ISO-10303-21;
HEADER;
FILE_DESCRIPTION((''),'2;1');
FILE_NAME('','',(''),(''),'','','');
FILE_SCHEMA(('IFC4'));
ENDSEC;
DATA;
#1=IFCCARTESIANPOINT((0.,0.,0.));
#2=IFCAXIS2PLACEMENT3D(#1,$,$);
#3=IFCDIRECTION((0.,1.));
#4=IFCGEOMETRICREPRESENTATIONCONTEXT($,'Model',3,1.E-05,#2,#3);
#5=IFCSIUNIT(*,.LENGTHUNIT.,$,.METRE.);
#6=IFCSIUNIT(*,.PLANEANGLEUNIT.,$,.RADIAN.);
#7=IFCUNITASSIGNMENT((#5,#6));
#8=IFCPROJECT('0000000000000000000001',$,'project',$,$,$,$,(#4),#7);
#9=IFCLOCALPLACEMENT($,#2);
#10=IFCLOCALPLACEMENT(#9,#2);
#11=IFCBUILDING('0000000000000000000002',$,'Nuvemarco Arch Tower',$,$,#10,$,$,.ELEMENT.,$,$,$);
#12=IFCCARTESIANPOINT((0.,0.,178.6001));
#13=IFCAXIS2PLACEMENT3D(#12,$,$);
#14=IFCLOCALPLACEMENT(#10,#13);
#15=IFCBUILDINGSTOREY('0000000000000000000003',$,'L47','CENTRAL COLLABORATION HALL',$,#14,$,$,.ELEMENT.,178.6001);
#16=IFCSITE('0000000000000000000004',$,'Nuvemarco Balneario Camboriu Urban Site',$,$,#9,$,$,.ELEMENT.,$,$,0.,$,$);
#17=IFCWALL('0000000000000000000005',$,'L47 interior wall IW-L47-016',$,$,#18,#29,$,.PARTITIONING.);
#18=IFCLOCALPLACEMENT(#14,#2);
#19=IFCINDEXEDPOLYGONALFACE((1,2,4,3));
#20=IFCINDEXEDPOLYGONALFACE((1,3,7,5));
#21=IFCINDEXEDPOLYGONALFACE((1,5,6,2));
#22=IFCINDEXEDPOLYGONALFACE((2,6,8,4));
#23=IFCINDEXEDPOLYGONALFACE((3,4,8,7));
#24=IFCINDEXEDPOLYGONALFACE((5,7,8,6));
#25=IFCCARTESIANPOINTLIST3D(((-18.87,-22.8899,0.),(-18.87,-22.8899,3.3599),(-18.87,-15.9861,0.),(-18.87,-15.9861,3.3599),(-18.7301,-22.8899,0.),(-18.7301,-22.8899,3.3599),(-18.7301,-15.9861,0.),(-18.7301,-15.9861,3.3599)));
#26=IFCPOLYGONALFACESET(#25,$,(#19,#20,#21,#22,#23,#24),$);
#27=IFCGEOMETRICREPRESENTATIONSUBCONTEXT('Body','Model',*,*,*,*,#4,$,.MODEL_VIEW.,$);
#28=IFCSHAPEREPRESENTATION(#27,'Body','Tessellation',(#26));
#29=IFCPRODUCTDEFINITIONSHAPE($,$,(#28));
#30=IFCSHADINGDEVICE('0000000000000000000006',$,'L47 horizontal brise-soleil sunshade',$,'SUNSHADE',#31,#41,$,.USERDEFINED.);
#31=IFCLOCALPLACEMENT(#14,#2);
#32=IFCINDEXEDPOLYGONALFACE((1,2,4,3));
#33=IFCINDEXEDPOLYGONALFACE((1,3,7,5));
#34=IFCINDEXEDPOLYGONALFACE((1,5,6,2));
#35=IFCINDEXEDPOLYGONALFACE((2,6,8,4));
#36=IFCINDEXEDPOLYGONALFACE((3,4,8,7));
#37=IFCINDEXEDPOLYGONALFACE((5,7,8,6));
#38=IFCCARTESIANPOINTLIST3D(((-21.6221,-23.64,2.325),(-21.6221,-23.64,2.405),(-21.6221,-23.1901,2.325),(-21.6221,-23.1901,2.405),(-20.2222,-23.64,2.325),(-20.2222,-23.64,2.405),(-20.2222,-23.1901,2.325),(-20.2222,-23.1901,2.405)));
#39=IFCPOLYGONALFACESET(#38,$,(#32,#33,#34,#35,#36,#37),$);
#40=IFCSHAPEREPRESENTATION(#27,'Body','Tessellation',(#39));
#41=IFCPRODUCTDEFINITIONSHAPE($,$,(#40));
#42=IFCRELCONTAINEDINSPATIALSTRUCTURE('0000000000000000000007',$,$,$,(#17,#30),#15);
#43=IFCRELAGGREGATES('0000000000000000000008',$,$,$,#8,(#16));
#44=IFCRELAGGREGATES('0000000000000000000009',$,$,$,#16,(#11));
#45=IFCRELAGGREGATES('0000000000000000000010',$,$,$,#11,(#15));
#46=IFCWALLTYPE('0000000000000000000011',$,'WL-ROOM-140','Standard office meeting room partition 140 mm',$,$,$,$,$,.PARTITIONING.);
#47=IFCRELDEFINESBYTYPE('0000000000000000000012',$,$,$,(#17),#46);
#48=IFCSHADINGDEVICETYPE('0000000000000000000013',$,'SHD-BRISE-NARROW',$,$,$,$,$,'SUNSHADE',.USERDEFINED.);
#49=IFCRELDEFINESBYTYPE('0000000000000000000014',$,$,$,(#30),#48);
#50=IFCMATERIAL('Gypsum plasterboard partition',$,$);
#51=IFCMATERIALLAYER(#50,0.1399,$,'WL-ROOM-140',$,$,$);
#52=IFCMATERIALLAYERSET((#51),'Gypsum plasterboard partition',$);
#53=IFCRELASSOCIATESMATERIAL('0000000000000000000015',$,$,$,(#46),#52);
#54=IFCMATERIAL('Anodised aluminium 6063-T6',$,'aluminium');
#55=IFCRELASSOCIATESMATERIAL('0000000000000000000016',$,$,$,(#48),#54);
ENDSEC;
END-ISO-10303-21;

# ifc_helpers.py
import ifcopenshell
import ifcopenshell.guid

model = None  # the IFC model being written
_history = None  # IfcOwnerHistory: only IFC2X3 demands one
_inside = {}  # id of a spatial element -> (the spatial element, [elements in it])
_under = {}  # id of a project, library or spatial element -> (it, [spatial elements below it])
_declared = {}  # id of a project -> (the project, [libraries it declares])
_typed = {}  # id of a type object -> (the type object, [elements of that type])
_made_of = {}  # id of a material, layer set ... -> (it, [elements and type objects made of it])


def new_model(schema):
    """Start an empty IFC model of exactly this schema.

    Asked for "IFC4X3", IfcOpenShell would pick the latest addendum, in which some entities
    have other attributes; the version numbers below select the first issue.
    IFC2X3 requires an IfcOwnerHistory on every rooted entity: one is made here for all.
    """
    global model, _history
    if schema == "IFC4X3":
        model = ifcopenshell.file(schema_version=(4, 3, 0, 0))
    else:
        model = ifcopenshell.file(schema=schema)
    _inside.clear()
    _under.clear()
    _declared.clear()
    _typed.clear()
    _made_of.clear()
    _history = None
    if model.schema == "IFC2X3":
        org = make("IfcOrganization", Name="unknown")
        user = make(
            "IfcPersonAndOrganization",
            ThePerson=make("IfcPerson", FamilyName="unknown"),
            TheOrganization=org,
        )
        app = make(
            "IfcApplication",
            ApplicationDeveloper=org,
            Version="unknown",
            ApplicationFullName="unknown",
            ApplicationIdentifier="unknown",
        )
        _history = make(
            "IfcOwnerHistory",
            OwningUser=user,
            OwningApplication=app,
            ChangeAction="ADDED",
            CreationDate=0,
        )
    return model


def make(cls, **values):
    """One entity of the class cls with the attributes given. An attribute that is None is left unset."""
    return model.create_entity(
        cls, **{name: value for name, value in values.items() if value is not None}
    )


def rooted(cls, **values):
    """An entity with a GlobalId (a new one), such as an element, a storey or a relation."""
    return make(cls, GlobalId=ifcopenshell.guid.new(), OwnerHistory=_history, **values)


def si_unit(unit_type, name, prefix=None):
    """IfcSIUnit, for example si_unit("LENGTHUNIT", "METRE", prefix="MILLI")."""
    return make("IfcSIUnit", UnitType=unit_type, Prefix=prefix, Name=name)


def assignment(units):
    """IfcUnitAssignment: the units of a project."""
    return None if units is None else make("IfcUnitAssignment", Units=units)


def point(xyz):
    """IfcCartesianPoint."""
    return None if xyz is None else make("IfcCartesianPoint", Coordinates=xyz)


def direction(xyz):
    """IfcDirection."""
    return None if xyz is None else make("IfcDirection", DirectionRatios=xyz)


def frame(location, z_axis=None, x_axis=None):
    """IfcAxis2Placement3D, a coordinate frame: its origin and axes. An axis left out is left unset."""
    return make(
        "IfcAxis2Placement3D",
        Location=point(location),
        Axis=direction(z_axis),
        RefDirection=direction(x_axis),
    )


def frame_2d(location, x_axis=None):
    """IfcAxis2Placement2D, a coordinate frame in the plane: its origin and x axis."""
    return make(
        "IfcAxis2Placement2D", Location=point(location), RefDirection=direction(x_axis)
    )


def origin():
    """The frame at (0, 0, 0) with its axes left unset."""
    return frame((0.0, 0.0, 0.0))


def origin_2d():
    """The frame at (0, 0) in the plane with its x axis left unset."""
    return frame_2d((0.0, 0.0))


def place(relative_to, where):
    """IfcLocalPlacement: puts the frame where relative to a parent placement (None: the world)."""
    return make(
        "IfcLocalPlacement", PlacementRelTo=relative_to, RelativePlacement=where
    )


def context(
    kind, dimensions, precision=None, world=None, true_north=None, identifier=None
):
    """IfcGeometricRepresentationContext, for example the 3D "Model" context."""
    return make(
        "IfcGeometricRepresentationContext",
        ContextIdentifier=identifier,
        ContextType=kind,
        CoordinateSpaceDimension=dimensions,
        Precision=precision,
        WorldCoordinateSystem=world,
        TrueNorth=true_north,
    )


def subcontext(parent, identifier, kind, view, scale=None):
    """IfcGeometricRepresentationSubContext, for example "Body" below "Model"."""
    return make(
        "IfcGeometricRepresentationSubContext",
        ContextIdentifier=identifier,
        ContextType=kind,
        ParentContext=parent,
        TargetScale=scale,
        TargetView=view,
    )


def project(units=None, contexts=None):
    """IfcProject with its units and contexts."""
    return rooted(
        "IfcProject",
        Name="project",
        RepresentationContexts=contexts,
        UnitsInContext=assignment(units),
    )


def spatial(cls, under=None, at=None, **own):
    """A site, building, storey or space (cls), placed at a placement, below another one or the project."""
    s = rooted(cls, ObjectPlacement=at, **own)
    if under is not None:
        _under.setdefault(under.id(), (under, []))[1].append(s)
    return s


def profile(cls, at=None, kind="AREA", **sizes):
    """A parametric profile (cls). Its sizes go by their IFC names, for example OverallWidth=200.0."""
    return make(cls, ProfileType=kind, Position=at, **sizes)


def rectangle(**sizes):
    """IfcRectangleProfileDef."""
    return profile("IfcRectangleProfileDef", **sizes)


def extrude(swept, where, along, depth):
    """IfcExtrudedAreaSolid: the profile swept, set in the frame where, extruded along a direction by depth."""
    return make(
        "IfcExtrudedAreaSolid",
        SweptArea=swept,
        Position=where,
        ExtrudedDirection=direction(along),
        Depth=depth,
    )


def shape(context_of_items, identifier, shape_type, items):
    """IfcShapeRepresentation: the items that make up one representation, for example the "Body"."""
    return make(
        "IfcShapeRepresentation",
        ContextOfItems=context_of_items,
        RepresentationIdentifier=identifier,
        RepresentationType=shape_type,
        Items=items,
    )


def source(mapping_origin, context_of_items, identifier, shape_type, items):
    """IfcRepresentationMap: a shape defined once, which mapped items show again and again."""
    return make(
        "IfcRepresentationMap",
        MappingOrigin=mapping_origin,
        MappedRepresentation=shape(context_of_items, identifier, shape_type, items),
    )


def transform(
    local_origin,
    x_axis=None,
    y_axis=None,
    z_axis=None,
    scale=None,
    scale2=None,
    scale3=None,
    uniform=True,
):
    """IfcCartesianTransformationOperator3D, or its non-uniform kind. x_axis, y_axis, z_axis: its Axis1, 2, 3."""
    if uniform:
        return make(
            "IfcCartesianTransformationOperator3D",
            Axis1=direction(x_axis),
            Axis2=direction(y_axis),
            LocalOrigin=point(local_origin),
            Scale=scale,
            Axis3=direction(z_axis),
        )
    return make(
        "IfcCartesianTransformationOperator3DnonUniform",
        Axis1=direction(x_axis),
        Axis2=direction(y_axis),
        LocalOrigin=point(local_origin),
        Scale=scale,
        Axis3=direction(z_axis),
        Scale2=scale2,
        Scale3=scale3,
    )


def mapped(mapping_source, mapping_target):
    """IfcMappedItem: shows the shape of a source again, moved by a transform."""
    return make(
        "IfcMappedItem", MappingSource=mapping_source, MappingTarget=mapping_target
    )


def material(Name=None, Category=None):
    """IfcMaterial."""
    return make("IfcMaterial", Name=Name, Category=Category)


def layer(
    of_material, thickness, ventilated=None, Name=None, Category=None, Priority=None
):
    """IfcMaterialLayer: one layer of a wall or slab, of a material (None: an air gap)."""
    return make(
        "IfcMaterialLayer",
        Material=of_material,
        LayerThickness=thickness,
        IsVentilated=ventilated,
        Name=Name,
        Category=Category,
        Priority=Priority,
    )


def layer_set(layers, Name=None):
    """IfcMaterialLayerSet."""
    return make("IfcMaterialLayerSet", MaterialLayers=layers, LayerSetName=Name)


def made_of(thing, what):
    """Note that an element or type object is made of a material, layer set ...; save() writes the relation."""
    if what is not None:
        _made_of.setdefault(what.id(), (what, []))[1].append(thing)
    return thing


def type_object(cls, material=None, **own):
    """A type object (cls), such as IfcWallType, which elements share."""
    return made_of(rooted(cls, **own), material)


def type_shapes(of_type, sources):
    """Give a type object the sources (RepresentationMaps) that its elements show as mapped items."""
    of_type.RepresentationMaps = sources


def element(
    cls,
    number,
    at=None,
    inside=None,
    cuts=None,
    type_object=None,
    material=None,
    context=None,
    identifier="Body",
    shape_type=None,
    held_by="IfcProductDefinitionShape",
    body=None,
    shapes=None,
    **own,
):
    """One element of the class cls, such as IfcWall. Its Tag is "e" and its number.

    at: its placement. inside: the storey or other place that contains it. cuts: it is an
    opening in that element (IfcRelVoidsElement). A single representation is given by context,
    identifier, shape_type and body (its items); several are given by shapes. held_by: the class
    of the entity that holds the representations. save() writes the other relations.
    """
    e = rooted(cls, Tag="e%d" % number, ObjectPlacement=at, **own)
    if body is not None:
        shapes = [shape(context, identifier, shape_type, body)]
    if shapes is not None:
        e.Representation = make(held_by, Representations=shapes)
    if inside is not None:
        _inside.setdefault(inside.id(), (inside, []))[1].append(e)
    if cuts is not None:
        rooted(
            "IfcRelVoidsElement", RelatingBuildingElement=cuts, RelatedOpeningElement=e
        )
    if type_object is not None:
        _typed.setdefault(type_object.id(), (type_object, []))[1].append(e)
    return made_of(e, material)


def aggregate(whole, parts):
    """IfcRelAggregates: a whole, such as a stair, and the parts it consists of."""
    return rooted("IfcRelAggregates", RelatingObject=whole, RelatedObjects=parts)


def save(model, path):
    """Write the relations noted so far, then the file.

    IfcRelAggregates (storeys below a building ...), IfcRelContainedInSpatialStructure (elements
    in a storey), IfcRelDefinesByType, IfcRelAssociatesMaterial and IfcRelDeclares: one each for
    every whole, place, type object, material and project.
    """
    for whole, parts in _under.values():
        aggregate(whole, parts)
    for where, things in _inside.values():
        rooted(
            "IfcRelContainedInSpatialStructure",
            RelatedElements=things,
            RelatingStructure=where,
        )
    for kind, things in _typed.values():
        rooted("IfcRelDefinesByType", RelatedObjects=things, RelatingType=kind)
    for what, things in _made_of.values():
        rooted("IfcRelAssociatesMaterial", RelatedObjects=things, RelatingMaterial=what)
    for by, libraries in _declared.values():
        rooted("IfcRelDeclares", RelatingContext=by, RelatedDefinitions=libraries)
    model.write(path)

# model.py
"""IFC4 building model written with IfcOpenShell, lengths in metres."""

from ifc_helpers import new_model, si_unit, direction, frame, frame_2d, origin, origin_2d, place, context, subcontext, project, spatial, rectangle, extrude, source, transform, mapped, material, layer, layer_set, type_object, type_shapes, element, save


model = new_model("IFC4")

# Units and contexts
model_context = context("Model", 3, precision=1e-05, world=origin(), true_north=direction((0.0, 1.0)))
body_context = subcontext(model_context, "Body", "Model", "MODEL_VIEW")
ifc_project = project(units=[si_unit("LENGTHUNIT", "METRE"), si_unit("PLANEANGLEUNIT", "RADIAN")], contexts=[model_context])

# Site, building, storey
site_placement = place(None, origin())
site = spatial("IfcSite", under=ifc_project, at=site_placement, Name="Nuvemarco Balneario Camboriu Urban Site", CompositionType="ELEMENT", RefElevation=0.0)
building_placement = place(site_placement, origin())
building = spatial("IfcBuilding", under=site, at=building_placement, Name="Nuvemarco Arch Tower", CompositionType="ELEMENT")
storey_placement = place(building_placement, frame((0.0, 0.0, 178.6001)))
storey = spatial("IfcBuildingStorey", under=building, at=storey_placement, Name="L47", Description="CENTRAL COLLABORATION HALL", CompositionType="ELEMENT", Elevation=178.6001)

# Wall
ifc_material_1 = material(Name="Gypsum plasterboard partition")
ifc_layer_1 = layer(ifc_material_1, 0.1399, Name="WL-ROOM-140")
ifc_layer_set_1 = layer_set([ifc_layer_1], Name="Gypsum plasterboard partition")
wall_type_1 = type_object("IfcWallType", Name="WL-ROOM-140", Description="Standard office meeting room partition 140 mm", PredefinedType="PARTITIONING", material=ifc_layer_set_1)
wall_1_placement = place(storey_placement, frame((-18.8, -22.8899, 0.0), z_axis=(0.0, 0.0, 1.0), x_axis=(0.0, 1.0, 0.0)))
element("IfcWall", 1, at=wall_1_placement, inside=storey, type_object=wall_type_1, Name="L47 interior wall IW-L47-016", PredefinedType="PARTITIONING", context=body_context, shape_type="SweptSolid", body=[
    extrude(rectangle(XDim=6.9038, YDim=0.1399, at=frame_2d((3.4519, 0.0))), origin(), (0.0, 0.0, 1.0), 3.3599),
])

# Shading device
ifc_material_2 = material(Name="Anodised aluminium 6063-T6", Category="aluminium")
shading_device_type = type_object("IfcShadingDeviceType", Name="SHD-BRISE-NARROW", ElementType="SUNSHADE", PredefinedType="USERDEFINED", material=ifc_material_2)
shared_shape_1 = source(origin(), body_context, "Body", "SweptSolid", [
    extrude(rectangle(XDim=1.3999, YDim=0.45, at=origin_2d()), origin(), (0.0, 0.0, 1.0), 0.0801),
])
type_shapes(shading_device_type, [shared_shape_1])
shading_device_placement = place(storey_placement, frame((-20.9221, -23.415, 2.325), z_axis=(0.0, 0.0, 1.0), x_axis=(1.0, 0.0, 0.0)))
element("IfcShadingDevice", 2, at=shading_device_placement, inside=storey, type_object=shading_device_type, Name="L47 horizontal brise-soleil sunshade", ObjectType="SUNSHADE", PredefinedType="USERDEFINED", context=body_context, shape_type="MappedRepresentation", body=[
    mapped(shared_shape_1, transform((0.0, 0.0, 0.0), scale=1.0)),
])

save(model, "model.ifc")
